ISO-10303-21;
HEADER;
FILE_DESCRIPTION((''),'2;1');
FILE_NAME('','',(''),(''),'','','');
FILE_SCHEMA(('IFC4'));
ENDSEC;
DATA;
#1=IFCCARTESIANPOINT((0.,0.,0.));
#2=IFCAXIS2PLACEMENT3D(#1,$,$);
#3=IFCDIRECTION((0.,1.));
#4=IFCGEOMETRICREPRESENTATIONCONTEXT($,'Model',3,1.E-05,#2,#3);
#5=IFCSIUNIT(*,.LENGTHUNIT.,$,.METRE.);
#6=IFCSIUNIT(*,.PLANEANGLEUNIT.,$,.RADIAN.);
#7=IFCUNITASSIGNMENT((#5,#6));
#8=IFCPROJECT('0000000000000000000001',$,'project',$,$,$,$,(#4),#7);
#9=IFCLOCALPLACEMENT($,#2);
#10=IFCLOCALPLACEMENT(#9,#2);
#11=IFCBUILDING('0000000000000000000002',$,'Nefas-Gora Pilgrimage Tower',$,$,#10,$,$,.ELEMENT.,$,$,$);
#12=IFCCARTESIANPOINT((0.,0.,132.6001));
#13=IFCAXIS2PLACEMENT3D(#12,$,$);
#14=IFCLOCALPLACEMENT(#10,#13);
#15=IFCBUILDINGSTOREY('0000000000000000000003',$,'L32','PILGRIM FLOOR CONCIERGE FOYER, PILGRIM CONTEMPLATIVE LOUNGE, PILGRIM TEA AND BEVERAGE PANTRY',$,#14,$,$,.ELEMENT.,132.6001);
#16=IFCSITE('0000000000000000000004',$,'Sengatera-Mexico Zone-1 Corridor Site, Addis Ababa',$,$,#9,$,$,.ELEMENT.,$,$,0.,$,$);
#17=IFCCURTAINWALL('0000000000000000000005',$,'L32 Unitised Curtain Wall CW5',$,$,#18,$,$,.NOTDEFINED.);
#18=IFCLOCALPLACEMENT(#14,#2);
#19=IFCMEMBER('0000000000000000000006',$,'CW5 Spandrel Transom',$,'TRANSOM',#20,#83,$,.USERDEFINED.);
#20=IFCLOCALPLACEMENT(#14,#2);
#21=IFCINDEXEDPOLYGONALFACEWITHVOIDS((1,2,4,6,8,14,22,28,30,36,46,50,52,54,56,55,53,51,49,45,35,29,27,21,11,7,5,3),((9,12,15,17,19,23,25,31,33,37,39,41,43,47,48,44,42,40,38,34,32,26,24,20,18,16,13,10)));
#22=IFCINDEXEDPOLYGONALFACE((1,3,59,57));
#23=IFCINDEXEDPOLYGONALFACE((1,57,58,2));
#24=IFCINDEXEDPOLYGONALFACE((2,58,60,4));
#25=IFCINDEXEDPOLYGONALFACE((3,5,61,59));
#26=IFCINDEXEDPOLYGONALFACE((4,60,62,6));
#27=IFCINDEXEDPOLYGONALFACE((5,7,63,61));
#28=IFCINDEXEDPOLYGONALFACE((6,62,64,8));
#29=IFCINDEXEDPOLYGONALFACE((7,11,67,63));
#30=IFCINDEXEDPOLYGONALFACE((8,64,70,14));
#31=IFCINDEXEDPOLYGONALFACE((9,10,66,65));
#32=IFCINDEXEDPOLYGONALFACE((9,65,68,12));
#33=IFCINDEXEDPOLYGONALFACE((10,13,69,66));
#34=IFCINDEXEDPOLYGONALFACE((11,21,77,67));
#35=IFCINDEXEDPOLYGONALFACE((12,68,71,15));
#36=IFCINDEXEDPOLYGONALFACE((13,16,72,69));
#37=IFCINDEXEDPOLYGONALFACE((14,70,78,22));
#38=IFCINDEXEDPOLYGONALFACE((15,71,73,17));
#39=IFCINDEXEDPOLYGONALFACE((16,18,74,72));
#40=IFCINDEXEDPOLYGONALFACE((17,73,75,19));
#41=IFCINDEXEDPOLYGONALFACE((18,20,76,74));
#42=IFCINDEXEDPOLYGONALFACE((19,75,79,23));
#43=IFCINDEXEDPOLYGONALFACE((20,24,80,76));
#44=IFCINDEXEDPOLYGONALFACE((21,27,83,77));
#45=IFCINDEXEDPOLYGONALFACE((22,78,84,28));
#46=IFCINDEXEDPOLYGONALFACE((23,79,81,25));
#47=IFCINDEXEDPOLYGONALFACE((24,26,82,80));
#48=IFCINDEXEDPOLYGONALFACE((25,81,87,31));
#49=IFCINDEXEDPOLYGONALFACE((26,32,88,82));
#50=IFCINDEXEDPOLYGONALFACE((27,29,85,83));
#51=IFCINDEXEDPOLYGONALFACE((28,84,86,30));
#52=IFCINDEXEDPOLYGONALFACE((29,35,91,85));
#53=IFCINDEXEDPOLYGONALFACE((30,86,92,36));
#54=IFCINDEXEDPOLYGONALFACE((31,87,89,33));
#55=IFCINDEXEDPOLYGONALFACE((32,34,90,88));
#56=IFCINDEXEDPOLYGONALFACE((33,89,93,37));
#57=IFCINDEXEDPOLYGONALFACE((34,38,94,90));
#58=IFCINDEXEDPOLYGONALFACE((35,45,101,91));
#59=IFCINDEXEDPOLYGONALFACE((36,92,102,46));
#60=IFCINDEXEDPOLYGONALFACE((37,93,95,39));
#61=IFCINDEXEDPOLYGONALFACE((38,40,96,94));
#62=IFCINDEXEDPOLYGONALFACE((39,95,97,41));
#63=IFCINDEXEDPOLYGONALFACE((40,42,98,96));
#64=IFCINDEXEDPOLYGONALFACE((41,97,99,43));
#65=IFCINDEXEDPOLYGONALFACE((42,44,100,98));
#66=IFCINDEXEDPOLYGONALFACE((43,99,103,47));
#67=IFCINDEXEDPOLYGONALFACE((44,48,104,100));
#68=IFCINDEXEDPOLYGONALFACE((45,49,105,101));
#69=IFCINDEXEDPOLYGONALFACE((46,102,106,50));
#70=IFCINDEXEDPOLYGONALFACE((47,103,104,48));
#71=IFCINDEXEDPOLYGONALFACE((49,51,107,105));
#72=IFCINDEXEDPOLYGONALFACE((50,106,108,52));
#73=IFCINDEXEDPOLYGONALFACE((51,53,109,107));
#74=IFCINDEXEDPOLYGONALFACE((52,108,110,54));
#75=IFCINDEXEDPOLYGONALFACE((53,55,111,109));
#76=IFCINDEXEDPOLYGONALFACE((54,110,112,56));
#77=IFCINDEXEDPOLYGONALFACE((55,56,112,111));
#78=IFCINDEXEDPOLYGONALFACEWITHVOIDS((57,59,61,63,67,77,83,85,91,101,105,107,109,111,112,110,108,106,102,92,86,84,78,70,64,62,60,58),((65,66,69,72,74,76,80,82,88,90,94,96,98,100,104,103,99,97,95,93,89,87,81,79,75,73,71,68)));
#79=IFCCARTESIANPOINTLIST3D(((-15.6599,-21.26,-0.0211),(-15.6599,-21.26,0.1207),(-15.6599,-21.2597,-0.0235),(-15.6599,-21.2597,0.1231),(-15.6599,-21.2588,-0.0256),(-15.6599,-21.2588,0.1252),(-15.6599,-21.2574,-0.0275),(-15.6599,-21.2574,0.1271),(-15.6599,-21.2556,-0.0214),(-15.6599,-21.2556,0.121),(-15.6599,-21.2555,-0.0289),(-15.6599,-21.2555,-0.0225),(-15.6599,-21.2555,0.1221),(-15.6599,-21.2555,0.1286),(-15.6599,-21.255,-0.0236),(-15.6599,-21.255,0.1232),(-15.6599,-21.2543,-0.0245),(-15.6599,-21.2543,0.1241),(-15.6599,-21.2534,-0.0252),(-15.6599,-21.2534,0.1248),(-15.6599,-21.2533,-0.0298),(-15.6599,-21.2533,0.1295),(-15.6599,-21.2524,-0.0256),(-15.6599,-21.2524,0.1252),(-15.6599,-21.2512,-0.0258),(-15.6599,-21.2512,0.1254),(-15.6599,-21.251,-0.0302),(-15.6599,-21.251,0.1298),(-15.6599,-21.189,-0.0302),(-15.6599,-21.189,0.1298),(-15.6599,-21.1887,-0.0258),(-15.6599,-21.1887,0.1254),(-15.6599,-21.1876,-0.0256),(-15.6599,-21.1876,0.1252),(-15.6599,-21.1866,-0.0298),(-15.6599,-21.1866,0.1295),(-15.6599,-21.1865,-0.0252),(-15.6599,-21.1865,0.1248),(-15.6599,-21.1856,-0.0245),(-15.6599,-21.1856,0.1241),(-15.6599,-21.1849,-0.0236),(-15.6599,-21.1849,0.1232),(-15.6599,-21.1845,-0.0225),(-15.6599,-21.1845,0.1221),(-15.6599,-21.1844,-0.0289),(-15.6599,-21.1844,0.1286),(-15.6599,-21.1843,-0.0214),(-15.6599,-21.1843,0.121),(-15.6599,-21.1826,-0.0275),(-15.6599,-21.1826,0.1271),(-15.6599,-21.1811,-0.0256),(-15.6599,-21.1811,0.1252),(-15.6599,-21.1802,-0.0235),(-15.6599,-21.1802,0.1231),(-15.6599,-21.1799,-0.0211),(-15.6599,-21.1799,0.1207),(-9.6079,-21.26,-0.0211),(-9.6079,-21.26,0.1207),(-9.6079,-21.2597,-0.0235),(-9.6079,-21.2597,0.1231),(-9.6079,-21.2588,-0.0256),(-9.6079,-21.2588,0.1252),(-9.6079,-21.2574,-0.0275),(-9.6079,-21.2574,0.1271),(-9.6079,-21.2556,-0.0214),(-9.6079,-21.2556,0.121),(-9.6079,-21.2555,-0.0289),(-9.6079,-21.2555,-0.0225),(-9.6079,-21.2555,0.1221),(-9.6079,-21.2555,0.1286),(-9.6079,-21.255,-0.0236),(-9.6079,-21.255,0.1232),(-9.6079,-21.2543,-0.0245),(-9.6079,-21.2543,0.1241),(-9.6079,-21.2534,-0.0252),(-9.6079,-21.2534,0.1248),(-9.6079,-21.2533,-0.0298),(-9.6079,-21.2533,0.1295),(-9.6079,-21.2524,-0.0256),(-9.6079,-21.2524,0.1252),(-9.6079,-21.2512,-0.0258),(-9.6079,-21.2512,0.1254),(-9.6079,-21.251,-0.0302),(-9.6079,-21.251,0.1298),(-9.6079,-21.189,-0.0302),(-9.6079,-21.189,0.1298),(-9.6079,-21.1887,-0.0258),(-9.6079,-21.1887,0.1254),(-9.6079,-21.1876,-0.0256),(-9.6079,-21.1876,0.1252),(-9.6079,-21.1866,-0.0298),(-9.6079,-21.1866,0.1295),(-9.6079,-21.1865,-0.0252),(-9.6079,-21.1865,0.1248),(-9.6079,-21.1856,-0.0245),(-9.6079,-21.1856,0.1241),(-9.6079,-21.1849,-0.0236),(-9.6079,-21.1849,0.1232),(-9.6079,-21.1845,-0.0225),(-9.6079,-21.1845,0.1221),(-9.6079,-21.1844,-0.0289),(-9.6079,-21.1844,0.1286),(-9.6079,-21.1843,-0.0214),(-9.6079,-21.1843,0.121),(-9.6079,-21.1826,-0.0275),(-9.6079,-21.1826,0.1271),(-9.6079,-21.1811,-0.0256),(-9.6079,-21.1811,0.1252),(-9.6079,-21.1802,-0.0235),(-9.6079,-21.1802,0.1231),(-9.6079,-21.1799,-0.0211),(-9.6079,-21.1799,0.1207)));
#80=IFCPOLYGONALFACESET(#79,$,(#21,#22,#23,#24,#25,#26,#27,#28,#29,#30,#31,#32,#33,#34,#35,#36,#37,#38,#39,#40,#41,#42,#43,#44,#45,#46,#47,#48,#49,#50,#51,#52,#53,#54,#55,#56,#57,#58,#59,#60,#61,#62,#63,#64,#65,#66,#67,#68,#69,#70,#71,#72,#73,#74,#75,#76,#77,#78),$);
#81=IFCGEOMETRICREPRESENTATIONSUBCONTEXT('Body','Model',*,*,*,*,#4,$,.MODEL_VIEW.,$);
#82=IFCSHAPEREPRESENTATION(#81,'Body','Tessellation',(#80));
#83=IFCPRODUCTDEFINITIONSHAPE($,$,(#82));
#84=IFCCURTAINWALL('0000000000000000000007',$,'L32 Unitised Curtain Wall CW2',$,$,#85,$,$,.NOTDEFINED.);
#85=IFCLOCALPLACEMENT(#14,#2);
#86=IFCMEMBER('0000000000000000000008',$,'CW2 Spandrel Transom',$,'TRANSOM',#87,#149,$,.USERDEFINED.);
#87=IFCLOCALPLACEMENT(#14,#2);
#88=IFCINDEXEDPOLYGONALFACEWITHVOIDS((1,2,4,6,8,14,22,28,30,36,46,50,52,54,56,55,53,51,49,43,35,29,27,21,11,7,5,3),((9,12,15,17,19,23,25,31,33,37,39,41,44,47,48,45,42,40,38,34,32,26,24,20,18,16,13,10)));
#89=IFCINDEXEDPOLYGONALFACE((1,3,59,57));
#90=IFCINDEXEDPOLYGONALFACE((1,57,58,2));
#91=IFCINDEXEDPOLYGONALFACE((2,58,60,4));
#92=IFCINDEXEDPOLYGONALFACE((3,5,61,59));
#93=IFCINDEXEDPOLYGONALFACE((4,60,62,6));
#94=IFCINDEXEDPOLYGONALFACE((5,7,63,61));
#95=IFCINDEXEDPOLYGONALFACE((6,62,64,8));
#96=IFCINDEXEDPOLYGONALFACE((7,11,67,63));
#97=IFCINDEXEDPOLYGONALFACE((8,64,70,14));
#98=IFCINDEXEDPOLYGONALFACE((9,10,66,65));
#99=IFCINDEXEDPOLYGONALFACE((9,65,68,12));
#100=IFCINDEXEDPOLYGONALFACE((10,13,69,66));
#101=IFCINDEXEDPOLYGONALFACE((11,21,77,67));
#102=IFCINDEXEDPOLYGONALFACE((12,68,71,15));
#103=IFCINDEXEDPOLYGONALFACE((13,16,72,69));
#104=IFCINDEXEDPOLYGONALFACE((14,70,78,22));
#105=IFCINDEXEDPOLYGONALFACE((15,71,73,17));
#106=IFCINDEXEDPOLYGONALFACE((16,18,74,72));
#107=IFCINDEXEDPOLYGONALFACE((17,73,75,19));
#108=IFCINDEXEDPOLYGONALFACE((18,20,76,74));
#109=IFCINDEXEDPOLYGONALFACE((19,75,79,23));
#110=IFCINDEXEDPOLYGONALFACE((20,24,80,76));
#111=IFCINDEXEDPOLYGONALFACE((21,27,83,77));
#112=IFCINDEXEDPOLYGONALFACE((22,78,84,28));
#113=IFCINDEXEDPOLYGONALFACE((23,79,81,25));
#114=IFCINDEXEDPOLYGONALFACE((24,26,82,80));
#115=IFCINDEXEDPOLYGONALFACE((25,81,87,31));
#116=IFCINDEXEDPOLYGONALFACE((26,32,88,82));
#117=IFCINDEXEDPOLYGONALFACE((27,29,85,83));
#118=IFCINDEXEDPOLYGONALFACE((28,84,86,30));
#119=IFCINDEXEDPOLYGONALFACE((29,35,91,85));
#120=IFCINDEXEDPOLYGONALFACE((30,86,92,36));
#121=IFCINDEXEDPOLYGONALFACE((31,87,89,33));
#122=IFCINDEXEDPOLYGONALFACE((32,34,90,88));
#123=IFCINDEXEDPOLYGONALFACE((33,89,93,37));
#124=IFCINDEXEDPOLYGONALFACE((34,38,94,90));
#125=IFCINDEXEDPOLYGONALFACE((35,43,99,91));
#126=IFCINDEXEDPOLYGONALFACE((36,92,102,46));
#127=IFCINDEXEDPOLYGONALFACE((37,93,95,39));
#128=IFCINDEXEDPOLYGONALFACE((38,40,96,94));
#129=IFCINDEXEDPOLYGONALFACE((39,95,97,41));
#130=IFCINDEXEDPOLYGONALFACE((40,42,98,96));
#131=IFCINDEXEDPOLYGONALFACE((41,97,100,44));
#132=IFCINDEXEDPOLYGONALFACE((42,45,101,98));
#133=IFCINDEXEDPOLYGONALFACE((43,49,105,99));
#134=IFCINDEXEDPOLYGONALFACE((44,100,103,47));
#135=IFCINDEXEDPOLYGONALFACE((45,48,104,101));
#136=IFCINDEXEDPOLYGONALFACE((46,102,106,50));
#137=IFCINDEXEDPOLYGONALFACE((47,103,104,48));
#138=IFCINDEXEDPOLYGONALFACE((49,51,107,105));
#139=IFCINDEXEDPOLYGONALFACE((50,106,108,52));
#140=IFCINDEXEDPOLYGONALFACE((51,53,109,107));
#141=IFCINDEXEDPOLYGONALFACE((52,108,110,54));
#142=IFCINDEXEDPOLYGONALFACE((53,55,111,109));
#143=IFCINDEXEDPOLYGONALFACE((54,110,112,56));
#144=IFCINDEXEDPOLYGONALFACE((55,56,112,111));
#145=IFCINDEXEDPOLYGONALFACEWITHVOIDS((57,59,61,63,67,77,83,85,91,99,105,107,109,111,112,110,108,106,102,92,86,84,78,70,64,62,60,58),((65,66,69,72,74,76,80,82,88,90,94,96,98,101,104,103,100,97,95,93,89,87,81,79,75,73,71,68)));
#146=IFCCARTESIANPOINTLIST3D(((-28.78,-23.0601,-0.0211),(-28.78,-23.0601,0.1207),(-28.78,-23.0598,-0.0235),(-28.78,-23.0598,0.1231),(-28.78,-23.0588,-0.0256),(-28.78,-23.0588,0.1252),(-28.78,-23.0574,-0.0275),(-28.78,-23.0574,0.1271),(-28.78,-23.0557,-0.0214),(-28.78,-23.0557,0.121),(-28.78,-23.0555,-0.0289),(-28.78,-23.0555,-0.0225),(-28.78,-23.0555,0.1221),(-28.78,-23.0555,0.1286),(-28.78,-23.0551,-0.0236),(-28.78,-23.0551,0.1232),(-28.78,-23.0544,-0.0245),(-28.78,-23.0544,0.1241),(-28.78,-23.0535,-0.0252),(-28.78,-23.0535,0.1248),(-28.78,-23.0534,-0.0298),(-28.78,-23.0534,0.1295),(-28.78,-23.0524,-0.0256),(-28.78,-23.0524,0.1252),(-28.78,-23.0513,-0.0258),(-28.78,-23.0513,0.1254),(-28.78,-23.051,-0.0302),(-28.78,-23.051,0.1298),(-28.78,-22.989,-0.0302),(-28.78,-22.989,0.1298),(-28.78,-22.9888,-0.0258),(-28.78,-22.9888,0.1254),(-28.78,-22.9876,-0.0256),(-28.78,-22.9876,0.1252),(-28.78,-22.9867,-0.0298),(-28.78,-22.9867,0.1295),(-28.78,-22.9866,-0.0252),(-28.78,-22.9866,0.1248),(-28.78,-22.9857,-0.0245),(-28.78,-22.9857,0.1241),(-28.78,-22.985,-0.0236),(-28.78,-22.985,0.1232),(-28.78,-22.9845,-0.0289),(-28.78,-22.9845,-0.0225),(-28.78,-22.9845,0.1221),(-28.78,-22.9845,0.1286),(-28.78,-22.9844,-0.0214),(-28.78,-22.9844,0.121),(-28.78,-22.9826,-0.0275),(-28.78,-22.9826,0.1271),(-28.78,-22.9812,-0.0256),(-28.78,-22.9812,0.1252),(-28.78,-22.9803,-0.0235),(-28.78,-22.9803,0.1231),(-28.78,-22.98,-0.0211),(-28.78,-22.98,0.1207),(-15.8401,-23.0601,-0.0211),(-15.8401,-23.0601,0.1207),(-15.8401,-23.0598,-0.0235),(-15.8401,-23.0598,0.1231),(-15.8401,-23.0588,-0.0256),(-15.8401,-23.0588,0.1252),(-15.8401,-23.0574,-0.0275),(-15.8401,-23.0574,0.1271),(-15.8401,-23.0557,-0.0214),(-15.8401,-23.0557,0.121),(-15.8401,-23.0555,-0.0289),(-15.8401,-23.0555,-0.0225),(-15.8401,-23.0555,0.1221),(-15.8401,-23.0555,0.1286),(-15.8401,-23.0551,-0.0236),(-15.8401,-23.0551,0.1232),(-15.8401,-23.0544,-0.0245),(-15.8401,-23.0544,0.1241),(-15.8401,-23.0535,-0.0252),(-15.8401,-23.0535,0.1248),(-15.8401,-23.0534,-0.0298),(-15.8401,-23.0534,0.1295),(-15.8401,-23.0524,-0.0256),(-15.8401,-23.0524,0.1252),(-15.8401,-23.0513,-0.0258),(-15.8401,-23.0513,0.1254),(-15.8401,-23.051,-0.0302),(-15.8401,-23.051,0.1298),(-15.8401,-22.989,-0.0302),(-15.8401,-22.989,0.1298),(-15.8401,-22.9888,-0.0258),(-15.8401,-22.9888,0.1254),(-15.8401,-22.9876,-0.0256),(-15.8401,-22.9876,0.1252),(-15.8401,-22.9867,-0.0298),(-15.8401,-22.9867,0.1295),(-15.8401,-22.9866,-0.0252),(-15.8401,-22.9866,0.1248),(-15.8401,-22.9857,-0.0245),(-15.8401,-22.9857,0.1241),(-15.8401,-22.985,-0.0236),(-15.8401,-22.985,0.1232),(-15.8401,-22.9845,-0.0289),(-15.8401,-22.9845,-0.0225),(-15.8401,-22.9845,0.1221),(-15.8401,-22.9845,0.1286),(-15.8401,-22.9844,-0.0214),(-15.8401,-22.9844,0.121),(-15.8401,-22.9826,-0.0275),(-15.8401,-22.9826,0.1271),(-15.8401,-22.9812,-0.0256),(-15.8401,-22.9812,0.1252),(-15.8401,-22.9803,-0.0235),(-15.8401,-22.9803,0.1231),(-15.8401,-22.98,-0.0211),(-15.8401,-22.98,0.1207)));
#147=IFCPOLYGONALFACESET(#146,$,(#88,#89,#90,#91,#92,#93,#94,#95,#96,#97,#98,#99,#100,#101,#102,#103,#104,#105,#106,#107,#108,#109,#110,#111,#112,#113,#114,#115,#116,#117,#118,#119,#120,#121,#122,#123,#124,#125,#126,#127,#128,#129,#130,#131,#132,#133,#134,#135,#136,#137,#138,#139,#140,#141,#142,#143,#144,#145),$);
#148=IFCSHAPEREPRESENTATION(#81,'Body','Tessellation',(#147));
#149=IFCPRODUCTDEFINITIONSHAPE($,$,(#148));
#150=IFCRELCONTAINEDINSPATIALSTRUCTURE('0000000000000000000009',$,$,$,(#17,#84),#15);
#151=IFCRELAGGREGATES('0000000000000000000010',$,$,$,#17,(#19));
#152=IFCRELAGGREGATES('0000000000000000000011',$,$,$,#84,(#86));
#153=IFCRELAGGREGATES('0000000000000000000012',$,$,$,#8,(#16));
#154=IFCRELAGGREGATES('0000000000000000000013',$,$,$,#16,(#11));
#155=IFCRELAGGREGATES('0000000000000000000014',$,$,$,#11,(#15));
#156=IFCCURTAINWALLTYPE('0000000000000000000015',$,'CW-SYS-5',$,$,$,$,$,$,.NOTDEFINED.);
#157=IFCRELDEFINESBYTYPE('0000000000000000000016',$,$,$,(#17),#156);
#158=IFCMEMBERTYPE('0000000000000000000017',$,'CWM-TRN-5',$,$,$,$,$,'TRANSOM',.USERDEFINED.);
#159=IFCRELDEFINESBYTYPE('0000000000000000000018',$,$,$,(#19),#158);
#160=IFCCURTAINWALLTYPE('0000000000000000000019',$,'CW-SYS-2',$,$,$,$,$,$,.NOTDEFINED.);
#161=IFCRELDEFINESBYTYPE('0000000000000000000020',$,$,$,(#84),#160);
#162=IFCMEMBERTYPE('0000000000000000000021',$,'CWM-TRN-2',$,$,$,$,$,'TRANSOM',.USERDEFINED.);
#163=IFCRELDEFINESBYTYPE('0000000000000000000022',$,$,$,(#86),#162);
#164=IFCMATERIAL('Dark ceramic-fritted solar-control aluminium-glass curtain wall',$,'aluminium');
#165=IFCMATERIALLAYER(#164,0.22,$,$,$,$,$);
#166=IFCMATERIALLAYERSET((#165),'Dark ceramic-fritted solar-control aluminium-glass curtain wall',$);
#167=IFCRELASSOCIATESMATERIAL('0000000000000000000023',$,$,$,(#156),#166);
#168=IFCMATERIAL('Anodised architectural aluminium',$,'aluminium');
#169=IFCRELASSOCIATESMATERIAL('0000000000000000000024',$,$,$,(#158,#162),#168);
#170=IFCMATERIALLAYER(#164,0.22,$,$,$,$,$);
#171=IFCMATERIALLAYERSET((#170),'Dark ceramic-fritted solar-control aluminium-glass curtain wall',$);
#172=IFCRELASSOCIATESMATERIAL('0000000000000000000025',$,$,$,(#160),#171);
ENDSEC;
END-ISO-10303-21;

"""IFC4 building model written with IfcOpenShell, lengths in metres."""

from ifc_helpers import new_model, si_unit, direction, frame, origin, origin_2d, place, context, subcontext, project, spatial, hollow_rectangle, extrude, source, transform, mapped, material, layer, layer_set, material_profile, profile_set, type_object, element, aggregate, save


model = new_model("IFC4")

# Units and contexts
model_context = context("Model", 3, precision=1e-05, world=origin(), true_north=direction((0.0, 1.0)))
body_context = subcontext(model_context, "Body", "Model", "MODEL_VIEW")
ifc_project = project(units=[si_unit("LENGTHUNIT", "METRE"), si_unit("PLANEANGLEUNIT", "RADIAN")], contexts=[model_context])

# Site, building, storey
site_placement = place(None, origin())
site = spatial("IfcSite", under=ifc_project, at=site_placement, Name="Sengatera-Mexico Zone-1 Corridor Site, Addis Ababa", CompositionType="ELEMENT", RefElevation=0.0)
building_placement = place(site_placement, origin())
building = spatial("IfcBuilding", under=site, at=building_placement, Name="Nefas-Gora Pilgrimage Tower", CompositionType="ELEMENT")
storey_placement = place(building_placement, frame((0.0, 0.0, 132.6001)))
storey = spatial("IfcBuildingStorey", under=building, at=storey_placement, Name="L32", Description="PILGRIM FLOOR CONCIERGE FOYER, PILGRIM CONTEMPLATIVE LOUNGE, PILGRIM TEA AND BEVERAGE PANTRY", CompositionType="ELEMENT", Elevation=132.6001)

# Curtain walls, members
ifc_material_1 = material(Name="Dark ceramic-fritted solar-control aluminium-glass curtain wall", Category="aluminium")
ifc_layer_1 = layer(ifc_material_1, 0.22)
ifc_layer_set_1 = layer_set([ifc_layer_1], Name="Dark ceramic-fritted solar-control aluminium-glass curtain wall")
curtain_wall_type_1 = type_object("IfcCurtainWallType", Name="CW-SYS-5", PredefinedType="NOTDEFINED", material=ifc_layer_set_1)
curtain_wall_1_placement = place(storey_placement, origin())
curtain_wall_1 = element("IfcCurtainWall", 1, at=curtain_wall_1_placement, inside=storey, type_object=curtain_wall_type_1, Name="L32 Unitised Curtain Wall CW5", PredefinedType="NOTDEFINED")
ifc_material_2 = material(Name="Anodised architectural aluminium", Category="aluminium")
ifc_material_profile_1 = material_profile(ifc_material_2, hollow_rectangle(XDim=0.0801, YDim=0.1599, WallThickness=0.0044, InnerFilletRadius=0.0044, OuterFilletRadius=0.009, at=origin_2d()), Name="ALU TRANSOM 80x160")
ifc_profile_set_1 = profile_set([ifc_material_profile_1], Name="Anodised architectural aluminium")
member_type_1 = type_object("IfcMemberType", Name="CWM-TRN-5", ElementType="TRANSOM", PredefinedType="USERDEFINED", material=ifc_profile_set_1)
shared_shape_1 = source(origin(), body_context, "Body", "SweptSolid", [
    extrude(hollow_rectangle(XDim=0.0801, YDim=0.1599, WallThickness=0.0044, InnerFilletRadius=0.0044, OuterFilletRadius=0.009, at=origin_2d()), origin(), (0.0, 0.0, 1.0), 6.052),
])
member_1_placement = place(storey_placement, frame((-15.6599, -21.22, 0.0498), z_axis=(1.0, 0.0, 0.0), x_axis=(0.0, 1.0, 0.0)))
member_1 = element("IfcMember", 2, at=member_1_placement, type_object=member_type_1, Name="CW5 Spandrel Transom", ObjectType="TRANSOM", PredefinedType="USERDEFINED", context=body_context, shape_type="MappedRepresentation", body=[
    mapped(shared_shape_1, transform((0.0, 0.0, 0.0), x_axis=(1.0, 0.0, 0.0), y_axis=(0.0, 1.0, 0.0), z_axis=(0.0, 0.0, 1.0), scale=1.0)),
])
ifc_layer_2 = layer(ifc_material_1, 0.22)
ifc_layer_set_2 = layer_set([ifc_layer_2], Name="Dark ceramic-fritted solar-control aluminium-glass curtain wall")
curtain_wall_type_2 = type_object("IfcCurtainWallType", Name="CW-SYS-2", PredefinedType="NOTDEFINED", material=ifc_layer_set_2)
curtain_wall_2_placement = place(storey_placement, origin())
curtain_wall_2 = element("IfcCurtainWall", 3, at=curtain_wall_2_placement, inside=storey, type_object=curtain_wall_type_2, Name="L32 Unitised Curtain Wall CW2", PredefinedType="NOTDEFINED")
ifc_material_profile_2 = material_profile(ifc_material_2, hollow_rectangle(XDim=0.0801, YDim=0.1599, WallThickness=0.0044, InnerFilletRadius=0.0044, OuterFilletRadius=0.009, at=origin_2d()), Name="ALU TRANSOM 80x160")
ifc_profile_set_2 = profile_set([ifc_material_profile_2], Name="Anodised architectural aluminium")
member_type_2 = type_object("IfcMemberType", Name="CWM-TRN-2", ElementType="TRANSOM", PredefinedType="USERDEFINED", material=ifc_profile_set_2)
shared_shape_2 = source(origin(), body_context, "Body", "SweptSolid", [
    extrude(hollow_rectangle(XDim=0.0801, YDim=0.1599, WallThickness=0.0044, InnerFilletRadius=0.0044, OuterFilletRadius=0.009, at=origin_2d()), origin(), (0.0, 0.0, 1.0), 12.9399),
])
member_2_placement = place(storey_placement, frame((-28.78, -23.02, 0.0498), z_axis=(1.0, 0.0, 0.0), x_axis=(0.0, 1.0, 0.0)))
member_2 = element("IfcMember", 4, at=member_2_placement, type_object=member_type_2, Name="CW2 Spandrel Transom", ObjectType="TRANSOM", PredefinedType="USERDEFINED", context=body_context, shape_type="MappedRepresentation", body=[
    mapped(shared_shape_2, transform((0.0, 0.0, 0.0), x_axis=(1.0, 0.0, 0.0), y_axis=(0.0, 1.0, 0.0), z_axis=(0.0, 0.0, 1.0), scale=1.0)),
])

aggregate(curtain_wall_1, [member_1])
aggregate(curtain_wall_2, [member_2])

save(model, "model.ifc")
